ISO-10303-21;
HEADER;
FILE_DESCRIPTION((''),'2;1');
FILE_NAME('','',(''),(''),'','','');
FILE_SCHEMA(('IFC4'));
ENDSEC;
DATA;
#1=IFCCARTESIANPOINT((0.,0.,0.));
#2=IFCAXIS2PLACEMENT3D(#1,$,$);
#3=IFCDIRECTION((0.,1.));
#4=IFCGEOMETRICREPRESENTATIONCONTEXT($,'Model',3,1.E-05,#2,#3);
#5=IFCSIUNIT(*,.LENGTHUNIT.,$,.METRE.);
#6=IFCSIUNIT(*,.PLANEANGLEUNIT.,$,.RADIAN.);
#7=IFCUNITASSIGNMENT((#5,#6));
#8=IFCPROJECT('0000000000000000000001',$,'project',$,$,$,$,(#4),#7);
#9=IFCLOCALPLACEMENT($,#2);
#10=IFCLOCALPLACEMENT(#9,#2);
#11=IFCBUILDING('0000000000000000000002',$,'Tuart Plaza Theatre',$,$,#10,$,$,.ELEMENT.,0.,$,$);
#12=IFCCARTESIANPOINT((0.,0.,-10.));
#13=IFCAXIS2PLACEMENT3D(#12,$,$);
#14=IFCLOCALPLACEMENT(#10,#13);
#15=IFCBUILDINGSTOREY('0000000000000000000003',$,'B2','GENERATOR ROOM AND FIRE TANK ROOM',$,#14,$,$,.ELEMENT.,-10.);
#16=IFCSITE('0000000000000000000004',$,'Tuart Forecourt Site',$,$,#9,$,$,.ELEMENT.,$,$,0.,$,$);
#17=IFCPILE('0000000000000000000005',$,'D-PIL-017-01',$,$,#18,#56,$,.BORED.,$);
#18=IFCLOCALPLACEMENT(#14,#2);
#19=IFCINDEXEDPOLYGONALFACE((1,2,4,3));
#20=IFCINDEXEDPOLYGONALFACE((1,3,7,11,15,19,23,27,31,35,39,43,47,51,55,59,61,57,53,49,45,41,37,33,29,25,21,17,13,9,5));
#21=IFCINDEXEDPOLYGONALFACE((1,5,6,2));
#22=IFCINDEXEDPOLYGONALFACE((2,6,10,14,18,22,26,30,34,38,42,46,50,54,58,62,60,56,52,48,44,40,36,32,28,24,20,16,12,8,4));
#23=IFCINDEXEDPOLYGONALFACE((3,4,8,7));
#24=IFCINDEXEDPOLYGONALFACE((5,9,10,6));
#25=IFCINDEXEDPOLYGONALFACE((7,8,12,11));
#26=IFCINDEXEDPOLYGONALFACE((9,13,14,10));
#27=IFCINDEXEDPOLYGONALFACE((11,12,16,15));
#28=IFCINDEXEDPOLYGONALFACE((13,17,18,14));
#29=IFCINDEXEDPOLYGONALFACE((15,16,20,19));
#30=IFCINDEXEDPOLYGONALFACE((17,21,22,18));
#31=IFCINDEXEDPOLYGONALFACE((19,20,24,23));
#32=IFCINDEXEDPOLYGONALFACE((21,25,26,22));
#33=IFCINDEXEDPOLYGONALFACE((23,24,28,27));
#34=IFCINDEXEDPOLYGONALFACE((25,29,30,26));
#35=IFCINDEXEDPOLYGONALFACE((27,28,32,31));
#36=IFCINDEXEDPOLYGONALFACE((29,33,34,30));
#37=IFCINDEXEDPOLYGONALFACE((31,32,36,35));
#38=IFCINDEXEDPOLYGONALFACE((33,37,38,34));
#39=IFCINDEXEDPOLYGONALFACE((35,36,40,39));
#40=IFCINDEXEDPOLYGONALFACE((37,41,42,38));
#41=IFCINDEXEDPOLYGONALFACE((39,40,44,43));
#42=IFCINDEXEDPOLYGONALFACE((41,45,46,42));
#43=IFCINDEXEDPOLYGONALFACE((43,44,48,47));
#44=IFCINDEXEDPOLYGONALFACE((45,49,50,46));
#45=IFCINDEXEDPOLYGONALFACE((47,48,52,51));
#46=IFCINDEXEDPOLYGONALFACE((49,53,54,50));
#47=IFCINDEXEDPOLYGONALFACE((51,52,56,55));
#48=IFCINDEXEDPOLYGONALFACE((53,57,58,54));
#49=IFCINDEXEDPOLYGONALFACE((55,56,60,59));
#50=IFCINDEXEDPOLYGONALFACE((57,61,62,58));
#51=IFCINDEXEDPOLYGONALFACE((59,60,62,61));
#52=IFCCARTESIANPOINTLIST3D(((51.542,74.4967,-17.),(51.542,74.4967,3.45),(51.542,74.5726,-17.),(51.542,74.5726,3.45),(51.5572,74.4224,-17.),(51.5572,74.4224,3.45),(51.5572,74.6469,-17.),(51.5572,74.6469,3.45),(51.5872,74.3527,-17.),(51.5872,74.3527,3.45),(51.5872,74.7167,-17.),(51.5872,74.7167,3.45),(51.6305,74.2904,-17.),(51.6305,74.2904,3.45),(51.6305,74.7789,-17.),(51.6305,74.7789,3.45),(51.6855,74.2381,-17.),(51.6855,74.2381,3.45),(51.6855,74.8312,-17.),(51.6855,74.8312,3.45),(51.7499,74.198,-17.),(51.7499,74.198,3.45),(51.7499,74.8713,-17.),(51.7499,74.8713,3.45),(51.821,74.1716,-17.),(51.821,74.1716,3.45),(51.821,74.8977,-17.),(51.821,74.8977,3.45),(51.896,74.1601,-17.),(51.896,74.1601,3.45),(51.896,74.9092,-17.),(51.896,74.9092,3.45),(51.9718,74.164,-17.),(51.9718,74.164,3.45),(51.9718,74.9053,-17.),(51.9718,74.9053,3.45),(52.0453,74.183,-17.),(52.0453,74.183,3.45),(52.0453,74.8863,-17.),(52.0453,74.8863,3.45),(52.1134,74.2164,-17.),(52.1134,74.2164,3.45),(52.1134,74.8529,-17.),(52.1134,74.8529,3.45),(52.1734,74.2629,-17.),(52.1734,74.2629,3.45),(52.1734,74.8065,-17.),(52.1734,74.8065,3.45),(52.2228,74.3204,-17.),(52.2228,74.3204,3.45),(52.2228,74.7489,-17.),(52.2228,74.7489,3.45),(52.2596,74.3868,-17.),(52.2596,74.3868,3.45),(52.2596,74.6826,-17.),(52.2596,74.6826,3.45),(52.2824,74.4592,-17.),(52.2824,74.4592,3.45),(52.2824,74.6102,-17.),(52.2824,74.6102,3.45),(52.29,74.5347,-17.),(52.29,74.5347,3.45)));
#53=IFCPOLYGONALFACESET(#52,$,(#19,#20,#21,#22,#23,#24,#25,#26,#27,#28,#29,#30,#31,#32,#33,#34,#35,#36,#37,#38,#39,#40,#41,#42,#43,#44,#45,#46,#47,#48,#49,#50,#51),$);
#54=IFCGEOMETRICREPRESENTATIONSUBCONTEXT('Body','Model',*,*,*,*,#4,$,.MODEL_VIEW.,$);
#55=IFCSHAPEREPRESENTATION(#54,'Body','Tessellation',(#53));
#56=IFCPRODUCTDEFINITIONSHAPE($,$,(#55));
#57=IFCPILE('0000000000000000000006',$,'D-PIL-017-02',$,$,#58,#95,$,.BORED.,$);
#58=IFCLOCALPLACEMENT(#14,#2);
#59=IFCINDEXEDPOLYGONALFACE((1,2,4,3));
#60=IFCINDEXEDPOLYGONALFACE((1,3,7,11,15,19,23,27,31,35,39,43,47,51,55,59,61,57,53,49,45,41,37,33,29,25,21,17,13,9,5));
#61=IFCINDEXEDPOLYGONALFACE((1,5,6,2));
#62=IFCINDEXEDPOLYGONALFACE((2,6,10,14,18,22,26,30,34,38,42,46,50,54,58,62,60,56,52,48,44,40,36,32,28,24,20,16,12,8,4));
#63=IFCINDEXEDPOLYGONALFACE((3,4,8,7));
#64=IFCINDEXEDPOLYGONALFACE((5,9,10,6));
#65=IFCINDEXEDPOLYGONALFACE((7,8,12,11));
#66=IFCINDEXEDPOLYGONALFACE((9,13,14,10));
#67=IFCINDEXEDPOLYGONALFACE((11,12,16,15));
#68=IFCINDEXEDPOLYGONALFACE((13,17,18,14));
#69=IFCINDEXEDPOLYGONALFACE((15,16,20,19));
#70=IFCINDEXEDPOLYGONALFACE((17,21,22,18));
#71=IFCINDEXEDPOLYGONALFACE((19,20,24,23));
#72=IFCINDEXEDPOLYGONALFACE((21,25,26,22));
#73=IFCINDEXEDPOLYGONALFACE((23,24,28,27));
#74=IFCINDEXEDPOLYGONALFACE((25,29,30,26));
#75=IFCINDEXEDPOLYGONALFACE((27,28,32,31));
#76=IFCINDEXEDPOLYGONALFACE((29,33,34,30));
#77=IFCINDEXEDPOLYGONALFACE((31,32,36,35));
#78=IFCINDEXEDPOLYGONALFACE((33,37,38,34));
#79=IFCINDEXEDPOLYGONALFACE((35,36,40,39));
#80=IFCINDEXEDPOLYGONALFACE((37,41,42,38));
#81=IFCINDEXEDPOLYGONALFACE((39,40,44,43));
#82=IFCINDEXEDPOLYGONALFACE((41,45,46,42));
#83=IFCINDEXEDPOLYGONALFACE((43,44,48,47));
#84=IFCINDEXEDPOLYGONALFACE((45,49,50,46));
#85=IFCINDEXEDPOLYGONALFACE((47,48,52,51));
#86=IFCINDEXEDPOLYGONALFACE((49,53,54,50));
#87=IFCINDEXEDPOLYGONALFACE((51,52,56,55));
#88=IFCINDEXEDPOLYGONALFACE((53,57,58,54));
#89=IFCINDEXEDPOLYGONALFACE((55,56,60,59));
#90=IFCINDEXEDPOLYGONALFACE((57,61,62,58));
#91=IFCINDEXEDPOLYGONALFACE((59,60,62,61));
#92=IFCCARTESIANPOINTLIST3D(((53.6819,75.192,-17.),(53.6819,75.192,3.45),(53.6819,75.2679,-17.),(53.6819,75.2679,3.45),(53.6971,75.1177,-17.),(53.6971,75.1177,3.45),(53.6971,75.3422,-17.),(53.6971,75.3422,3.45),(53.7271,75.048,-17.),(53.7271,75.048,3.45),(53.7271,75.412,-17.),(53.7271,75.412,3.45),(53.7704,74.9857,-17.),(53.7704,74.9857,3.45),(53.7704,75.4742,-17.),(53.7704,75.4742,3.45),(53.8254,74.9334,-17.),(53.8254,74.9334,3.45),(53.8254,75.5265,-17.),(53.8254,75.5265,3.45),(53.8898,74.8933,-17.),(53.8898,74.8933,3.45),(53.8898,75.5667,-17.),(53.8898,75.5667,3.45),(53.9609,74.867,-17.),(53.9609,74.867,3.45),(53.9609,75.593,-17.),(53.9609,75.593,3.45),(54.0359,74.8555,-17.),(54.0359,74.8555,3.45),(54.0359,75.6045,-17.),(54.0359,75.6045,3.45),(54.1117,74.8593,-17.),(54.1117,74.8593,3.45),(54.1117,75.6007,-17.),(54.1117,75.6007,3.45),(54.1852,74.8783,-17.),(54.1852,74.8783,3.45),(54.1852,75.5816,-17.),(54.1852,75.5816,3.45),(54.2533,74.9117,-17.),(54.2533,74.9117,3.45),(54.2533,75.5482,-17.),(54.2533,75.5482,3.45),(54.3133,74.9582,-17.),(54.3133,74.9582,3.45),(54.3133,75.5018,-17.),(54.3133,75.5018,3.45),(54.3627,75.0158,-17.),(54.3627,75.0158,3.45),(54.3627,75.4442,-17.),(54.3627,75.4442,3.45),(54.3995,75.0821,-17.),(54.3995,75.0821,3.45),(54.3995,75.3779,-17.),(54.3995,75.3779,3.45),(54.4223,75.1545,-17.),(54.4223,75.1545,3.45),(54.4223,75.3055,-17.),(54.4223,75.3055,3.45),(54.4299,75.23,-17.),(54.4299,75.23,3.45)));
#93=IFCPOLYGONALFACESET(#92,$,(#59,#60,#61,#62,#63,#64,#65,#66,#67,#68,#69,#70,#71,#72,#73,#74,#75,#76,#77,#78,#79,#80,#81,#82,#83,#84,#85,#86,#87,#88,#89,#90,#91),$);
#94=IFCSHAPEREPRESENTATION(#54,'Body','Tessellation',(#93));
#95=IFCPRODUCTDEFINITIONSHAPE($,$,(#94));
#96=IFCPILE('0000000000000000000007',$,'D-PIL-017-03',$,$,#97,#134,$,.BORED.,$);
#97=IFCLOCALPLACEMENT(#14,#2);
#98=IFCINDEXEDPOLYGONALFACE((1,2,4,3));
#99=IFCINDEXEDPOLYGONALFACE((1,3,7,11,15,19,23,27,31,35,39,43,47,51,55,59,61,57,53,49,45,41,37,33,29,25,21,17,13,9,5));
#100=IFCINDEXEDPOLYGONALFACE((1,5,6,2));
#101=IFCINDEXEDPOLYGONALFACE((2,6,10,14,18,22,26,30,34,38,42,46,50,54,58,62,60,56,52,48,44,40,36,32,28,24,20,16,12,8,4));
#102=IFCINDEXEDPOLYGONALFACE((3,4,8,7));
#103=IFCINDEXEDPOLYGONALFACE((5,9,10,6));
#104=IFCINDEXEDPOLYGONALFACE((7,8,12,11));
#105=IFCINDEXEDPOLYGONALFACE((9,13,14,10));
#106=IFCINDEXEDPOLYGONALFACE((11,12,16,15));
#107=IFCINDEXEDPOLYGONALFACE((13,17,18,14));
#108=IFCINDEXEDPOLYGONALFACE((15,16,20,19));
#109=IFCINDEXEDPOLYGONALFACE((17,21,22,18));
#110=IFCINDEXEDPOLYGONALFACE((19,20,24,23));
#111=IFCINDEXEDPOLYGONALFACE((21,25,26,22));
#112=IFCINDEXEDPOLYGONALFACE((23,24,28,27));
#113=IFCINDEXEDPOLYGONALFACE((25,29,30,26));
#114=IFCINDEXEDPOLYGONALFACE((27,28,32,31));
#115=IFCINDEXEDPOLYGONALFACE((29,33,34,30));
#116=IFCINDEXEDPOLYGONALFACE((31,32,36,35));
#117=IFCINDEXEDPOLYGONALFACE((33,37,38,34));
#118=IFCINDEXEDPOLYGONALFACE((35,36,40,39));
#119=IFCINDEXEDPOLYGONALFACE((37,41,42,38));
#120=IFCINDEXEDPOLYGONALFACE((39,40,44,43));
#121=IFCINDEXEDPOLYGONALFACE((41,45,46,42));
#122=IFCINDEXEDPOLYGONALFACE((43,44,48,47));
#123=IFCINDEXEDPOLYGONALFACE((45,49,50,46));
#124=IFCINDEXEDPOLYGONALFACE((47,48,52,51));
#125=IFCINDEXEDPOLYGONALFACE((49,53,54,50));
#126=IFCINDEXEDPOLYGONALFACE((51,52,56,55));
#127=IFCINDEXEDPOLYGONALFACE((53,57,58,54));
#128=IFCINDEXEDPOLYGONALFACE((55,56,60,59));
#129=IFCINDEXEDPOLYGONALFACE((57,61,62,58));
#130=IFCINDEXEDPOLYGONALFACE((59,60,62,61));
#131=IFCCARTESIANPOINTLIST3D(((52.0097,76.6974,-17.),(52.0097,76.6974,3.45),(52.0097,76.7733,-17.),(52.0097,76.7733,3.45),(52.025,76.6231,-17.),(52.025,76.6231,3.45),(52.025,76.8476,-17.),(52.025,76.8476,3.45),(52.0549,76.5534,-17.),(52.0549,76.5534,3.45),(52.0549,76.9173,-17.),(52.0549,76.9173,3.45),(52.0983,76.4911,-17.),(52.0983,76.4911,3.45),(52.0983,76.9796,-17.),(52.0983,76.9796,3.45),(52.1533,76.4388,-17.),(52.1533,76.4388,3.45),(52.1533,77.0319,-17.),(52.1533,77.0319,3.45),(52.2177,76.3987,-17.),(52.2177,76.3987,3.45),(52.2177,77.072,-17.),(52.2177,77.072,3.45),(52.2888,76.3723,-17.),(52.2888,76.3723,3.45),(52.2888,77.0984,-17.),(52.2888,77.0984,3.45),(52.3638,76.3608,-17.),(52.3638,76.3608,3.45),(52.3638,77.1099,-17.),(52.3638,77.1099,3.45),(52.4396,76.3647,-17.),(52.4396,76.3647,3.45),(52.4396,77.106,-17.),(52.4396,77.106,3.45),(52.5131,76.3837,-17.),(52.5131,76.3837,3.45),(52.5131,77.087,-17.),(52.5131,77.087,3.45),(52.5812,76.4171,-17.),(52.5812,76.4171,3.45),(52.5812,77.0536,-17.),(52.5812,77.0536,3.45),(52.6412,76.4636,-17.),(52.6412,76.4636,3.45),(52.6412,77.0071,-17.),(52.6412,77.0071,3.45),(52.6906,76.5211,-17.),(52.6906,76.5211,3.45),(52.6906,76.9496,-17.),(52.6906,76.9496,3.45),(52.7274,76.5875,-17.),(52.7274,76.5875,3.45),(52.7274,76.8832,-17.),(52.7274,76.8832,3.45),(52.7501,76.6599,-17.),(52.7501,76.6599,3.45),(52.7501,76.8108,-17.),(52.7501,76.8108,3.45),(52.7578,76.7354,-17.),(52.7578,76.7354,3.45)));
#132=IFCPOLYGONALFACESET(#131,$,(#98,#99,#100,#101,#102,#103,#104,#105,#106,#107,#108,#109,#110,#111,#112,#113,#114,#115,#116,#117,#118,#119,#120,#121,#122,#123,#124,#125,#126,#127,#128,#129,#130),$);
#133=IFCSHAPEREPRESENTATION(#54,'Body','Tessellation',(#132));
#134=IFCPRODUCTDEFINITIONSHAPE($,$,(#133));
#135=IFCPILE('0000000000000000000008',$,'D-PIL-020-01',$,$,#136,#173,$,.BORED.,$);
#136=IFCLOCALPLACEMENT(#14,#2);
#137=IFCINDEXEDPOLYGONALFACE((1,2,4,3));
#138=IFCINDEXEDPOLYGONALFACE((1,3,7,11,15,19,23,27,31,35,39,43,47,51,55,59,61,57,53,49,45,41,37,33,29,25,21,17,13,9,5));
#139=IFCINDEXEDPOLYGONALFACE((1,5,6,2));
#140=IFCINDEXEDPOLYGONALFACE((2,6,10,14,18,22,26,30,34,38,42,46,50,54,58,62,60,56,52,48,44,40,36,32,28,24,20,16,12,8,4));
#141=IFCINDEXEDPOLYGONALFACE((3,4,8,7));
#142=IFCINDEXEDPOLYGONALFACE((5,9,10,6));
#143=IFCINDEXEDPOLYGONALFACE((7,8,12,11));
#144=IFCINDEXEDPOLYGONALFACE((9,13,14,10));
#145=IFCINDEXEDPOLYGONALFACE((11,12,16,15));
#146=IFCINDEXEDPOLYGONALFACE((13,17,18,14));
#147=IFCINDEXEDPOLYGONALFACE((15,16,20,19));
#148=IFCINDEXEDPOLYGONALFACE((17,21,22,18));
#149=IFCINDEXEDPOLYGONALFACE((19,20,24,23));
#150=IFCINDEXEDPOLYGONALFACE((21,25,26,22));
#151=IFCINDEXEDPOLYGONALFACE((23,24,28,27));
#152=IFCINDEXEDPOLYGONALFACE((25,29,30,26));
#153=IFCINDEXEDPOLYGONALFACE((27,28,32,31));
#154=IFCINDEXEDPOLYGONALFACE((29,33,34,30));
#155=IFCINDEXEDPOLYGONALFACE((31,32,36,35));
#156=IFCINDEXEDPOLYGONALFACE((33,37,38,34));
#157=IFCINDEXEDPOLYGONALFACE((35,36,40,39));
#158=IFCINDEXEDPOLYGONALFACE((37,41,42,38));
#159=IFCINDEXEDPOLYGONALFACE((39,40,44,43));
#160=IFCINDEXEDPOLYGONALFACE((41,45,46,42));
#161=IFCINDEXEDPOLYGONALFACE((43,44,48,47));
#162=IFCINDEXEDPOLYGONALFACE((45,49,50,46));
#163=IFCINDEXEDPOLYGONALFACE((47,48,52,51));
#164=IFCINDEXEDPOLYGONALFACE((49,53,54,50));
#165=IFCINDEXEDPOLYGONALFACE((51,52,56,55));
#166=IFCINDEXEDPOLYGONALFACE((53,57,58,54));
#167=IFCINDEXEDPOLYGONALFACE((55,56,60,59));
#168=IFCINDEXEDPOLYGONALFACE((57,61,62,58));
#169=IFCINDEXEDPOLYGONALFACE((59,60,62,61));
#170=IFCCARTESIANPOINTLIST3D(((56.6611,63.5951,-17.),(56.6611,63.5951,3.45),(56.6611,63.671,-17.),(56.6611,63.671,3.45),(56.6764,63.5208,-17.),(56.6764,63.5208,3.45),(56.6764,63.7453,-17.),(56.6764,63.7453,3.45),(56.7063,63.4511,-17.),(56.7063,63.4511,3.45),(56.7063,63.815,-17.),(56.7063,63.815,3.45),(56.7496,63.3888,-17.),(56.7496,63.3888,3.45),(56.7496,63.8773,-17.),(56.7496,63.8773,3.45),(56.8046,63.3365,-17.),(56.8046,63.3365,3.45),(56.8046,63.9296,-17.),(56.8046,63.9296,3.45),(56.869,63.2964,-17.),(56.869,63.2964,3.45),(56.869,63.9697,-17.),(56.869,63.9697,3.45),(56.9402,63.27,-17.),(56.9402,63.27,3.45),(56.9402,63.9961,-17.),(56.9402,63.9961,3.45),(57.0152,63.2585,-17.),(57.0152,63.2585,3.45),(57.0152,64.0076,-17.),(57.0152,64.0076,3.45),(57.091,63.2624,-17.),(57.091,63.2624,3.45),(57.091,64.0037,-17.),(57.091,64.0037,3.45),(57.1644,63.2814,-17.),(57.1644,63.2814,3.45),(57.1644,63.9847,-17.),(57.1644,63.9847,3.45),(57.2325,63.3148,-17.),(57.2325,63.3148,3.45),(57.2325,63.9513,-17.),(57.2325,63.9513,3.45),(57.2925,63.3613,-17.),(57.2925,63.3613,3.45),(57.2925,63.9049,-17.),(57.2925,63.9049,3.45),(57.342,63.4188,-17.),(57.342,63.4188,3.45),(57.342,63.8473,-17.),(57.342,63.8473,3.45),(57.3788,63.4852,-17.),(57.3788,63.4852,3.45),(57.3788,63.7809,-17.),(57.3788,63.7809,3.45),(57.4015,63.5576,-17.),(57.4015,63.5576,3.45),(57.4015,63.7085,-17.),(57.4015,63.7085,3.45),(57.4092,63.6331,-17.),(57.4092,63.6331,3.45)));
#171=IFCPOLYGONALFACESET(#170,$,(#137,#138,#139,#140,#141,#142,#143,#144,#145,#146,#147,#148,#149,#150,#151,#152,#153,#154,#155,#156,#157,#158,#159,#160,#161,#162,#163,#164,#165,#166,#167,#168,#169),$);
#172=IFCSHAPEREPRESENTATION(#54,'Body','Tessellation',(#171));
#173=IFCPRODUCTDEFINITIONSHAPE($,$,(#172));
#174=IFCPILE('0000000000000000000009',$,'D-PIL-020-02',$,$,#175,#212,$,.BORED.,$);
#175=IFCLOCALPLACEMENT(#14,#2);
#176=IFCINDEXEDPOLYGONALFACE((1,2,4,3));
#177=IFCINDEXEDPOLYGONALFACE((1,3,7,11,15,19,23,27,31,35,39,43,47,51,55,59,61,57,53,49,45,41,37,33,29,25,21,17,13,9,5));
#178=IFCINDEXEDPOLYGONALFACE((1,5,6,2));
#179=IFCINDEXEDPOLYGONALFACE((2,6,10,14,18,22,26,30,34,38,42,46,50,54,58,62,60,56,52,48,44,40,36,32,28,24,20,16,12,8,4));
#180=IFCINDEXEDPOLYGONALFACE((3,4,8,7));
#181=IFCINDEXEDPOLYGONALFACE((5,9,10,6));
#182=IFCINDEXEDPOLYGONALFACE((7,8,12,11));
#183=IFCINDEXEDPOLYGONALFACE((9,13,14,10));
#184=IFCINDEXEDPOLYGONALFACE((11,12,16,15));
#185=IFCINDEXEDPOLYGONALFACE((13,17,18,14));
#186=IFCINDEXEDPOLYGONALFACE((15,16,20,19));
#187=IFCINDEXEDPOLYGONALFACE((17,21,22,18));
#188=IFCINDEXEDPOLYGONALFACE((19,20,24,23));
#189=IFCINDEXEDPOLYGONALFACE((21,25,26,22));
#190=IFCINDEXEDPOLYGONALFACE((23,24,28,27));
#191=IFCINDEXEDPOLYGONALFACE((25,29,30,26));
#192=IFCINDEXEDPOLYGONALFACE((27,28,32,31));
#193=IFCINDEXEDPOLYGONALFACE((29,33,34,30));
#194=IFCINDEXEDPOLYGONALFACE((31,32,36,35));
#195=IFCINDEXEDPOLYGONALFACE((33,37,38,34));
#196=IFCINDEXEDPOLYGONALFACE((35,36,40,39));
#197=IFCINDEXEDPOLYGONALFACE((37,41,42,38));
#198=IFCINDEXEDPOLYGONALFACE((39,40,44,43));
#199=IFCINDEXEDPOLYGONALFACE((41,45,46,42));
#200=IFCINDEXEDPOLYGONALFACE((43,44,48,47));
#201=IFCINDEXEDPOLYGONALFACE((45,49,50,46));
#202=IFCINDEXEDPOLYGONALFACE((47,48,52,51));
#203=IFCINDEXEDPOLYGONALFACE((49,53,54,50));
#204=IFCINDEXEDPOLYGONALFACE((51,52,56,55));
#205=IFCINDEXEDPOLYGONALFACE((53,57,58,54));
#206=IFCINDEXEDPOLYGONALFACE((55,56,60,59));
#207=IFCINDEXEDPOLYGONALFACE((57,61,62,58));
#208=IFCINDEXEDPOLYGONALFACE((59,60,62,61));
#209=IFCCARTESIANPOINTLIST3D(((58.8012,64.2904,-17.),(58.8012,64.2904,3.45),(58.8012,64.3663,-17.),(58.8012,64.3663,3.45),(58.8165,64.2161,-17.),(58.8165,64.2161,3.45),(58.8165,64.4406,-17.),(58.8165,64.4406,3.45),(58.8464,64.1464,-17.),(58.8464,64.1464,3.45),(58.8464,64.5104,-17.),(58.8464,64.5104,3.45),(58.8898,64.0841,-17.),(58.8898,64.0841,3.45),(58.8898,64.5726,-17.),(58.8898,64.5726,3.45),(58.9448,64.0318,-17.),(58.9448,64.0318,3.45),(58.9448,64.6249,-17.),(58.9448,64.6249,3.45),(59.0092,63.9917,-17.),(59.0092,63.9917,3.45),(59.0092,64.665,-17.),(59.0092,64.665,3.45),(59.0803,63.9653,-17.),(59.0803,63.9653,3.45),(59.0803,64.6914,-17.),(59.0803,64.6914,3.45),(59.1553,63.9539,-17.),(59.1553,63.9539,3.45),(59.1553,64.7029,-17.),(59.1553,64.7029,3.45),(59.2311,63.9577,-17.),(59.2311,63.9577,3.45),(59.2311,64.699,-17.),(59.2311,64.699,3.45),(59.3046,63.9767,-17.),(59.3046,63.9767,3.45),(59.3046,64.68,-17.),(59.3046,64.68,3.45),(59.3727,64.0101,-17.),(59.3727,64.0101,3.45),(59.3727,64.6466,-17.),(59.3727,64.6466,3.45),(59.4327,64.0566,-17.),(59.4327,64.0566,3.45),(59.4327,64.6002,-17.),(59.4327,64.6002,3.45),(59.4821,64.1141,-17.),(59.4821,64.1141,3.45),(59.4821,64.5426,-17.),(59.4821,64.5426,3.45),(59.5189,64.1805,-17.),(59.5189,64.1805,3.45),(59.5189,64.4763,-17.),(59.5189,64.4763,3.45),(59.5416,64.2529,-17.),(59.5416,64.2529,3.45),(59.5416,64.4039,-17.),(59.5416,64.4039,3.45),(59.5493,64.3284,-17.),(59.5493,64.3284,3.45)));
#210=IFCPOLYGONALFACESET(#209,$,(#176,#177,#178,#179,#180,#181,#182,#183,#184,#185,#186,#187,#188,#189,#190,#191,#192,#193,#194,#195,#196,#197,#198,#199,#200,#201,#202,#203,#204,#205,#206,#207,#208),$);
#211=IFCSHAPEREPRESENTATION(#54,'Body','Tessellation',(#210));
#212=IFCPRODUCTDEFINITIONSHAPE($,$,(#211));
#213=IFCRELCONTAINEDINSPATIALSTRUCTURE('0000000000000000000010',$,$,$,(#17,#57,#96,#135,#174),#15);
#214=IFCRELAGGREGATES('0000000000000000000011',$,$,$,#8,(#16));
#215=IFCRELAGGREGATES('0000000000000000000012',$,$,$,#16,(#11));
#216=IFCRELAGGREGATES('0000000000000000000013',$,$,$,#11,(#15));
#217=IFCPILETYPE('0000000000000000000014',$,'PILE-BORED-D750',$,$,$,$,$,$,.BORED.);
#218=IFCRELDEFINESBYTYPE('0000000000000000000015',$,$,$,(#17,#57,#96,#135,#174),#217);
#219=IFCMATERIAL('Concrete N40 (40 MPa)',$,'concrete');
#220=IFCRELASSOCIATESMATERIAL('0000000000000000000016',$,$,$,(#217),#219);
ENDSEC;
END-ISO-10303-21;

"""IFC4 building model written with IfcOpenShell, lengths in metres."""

from ifc_helpers import new_model, si_unit, direction, frame, origin, origin_2d, place, context, subcontext, project, spatial, circle, extrude, material, material_profile, profile_set, type_object, element, save


model = new_model("IFC4")

# Units and contexts
model_context = context("Model", 3, precision=1e-05, world=origin(), true_north=direction((0.0, 1.0)))
body_context = subcontext(model_context, "Body", "Model", "MODEL_VIEW")
ifc_project = project(units=[si_unit("LENGTHUNIT", "METRE"), si_unit("PLANEANGLEUNIT", "RADIAN")], contexts=[model_context])

# Site, building, storey
site_placement = place(None, origin())
site = spatial("IfcSite", under=ifc_project, at=site_placement, Name="Tuart Forecourt Site", CompositionType="ELEMENT", RefElevation=0.0)
building_placement = place(site_placement, origin())
building = spatial("IfcBuilding", under=site, at=building_placement, Name="Tuart Plaza Theatre", CompositionType="ELEMENT", ElevationOfRefHeight=0.0)
storey_placement = place(building_placement, frame((0.0, 0.0, -10.0)))
storey = spatial("IfcBuildingStorey", under=building, at=storey_placement, Name="B2", Description="GENERATOR ROOM AND FIRE TANK ROOM", CompositionType="ELEMENT", Elevation=-10.0)

# Piles
ifc_material_1 = material(Name="Concrete N40 (40 MPa)", Category="concrete")
ifc_material_profile_1 = material_profile(ifc_material_1, circle(Radius=0.375, at=origin_2d()), Name="PILE-BORED-D750")
ifc_profile_set_1 = profile_set([ifc_material_profile_1], Name="Concrete N40 (40 MPa)")
pile_type_1 = type_object("IfcPileType", Name="PILE-BORED-D750", PredefinedType="BORED", material=ifc_profile_set_1)
for number, where, z_axis, x_axis, name in (
    (1, (51.915, 74.5347, 3.45), (0.0, 0.0, -1.0), (1.0, 0.0, 0.0), "D-PIL-017-01"),
    (2, (54.0549, 75.23, 3.45), (0.0, 0.0, -1.0), (1.0, 0.0, 0.0), "D-PIL-017-02"),
    (3, (52.3828, 76.7354, 3.45), (0.0, 0.0, -1.0), (1.0, 0.0, 0.0), "D-PIL-017-03"),
    (4, (57.0342, 63.6331, 3.45), (0.0, 0.0, -1.0), (1.0, 0.0, 0.0), "D-PIL-020-01"),
    (5, (59.1743, 64.3284, 3.45), (0.0, 0.0, -1.0), (1.0, 0.0, 0.0), "D-PIL-020-02"),
):
    element("IfcPile", number, at=place(storey_placement, frame(where, z_axis=z_axis, x_axis=x_axis)), inside=storey, type_object=pile_type_1, Name=name, PredefinedType="BORED", context=body_context, shape_type="SweptSolid", body=[
        extrude(circle(Radius=0.375, at=origin_2d()), origin(), (0.0, 0.0, 1.0), 20.45),
    ])

save(model, "model.ifc")
